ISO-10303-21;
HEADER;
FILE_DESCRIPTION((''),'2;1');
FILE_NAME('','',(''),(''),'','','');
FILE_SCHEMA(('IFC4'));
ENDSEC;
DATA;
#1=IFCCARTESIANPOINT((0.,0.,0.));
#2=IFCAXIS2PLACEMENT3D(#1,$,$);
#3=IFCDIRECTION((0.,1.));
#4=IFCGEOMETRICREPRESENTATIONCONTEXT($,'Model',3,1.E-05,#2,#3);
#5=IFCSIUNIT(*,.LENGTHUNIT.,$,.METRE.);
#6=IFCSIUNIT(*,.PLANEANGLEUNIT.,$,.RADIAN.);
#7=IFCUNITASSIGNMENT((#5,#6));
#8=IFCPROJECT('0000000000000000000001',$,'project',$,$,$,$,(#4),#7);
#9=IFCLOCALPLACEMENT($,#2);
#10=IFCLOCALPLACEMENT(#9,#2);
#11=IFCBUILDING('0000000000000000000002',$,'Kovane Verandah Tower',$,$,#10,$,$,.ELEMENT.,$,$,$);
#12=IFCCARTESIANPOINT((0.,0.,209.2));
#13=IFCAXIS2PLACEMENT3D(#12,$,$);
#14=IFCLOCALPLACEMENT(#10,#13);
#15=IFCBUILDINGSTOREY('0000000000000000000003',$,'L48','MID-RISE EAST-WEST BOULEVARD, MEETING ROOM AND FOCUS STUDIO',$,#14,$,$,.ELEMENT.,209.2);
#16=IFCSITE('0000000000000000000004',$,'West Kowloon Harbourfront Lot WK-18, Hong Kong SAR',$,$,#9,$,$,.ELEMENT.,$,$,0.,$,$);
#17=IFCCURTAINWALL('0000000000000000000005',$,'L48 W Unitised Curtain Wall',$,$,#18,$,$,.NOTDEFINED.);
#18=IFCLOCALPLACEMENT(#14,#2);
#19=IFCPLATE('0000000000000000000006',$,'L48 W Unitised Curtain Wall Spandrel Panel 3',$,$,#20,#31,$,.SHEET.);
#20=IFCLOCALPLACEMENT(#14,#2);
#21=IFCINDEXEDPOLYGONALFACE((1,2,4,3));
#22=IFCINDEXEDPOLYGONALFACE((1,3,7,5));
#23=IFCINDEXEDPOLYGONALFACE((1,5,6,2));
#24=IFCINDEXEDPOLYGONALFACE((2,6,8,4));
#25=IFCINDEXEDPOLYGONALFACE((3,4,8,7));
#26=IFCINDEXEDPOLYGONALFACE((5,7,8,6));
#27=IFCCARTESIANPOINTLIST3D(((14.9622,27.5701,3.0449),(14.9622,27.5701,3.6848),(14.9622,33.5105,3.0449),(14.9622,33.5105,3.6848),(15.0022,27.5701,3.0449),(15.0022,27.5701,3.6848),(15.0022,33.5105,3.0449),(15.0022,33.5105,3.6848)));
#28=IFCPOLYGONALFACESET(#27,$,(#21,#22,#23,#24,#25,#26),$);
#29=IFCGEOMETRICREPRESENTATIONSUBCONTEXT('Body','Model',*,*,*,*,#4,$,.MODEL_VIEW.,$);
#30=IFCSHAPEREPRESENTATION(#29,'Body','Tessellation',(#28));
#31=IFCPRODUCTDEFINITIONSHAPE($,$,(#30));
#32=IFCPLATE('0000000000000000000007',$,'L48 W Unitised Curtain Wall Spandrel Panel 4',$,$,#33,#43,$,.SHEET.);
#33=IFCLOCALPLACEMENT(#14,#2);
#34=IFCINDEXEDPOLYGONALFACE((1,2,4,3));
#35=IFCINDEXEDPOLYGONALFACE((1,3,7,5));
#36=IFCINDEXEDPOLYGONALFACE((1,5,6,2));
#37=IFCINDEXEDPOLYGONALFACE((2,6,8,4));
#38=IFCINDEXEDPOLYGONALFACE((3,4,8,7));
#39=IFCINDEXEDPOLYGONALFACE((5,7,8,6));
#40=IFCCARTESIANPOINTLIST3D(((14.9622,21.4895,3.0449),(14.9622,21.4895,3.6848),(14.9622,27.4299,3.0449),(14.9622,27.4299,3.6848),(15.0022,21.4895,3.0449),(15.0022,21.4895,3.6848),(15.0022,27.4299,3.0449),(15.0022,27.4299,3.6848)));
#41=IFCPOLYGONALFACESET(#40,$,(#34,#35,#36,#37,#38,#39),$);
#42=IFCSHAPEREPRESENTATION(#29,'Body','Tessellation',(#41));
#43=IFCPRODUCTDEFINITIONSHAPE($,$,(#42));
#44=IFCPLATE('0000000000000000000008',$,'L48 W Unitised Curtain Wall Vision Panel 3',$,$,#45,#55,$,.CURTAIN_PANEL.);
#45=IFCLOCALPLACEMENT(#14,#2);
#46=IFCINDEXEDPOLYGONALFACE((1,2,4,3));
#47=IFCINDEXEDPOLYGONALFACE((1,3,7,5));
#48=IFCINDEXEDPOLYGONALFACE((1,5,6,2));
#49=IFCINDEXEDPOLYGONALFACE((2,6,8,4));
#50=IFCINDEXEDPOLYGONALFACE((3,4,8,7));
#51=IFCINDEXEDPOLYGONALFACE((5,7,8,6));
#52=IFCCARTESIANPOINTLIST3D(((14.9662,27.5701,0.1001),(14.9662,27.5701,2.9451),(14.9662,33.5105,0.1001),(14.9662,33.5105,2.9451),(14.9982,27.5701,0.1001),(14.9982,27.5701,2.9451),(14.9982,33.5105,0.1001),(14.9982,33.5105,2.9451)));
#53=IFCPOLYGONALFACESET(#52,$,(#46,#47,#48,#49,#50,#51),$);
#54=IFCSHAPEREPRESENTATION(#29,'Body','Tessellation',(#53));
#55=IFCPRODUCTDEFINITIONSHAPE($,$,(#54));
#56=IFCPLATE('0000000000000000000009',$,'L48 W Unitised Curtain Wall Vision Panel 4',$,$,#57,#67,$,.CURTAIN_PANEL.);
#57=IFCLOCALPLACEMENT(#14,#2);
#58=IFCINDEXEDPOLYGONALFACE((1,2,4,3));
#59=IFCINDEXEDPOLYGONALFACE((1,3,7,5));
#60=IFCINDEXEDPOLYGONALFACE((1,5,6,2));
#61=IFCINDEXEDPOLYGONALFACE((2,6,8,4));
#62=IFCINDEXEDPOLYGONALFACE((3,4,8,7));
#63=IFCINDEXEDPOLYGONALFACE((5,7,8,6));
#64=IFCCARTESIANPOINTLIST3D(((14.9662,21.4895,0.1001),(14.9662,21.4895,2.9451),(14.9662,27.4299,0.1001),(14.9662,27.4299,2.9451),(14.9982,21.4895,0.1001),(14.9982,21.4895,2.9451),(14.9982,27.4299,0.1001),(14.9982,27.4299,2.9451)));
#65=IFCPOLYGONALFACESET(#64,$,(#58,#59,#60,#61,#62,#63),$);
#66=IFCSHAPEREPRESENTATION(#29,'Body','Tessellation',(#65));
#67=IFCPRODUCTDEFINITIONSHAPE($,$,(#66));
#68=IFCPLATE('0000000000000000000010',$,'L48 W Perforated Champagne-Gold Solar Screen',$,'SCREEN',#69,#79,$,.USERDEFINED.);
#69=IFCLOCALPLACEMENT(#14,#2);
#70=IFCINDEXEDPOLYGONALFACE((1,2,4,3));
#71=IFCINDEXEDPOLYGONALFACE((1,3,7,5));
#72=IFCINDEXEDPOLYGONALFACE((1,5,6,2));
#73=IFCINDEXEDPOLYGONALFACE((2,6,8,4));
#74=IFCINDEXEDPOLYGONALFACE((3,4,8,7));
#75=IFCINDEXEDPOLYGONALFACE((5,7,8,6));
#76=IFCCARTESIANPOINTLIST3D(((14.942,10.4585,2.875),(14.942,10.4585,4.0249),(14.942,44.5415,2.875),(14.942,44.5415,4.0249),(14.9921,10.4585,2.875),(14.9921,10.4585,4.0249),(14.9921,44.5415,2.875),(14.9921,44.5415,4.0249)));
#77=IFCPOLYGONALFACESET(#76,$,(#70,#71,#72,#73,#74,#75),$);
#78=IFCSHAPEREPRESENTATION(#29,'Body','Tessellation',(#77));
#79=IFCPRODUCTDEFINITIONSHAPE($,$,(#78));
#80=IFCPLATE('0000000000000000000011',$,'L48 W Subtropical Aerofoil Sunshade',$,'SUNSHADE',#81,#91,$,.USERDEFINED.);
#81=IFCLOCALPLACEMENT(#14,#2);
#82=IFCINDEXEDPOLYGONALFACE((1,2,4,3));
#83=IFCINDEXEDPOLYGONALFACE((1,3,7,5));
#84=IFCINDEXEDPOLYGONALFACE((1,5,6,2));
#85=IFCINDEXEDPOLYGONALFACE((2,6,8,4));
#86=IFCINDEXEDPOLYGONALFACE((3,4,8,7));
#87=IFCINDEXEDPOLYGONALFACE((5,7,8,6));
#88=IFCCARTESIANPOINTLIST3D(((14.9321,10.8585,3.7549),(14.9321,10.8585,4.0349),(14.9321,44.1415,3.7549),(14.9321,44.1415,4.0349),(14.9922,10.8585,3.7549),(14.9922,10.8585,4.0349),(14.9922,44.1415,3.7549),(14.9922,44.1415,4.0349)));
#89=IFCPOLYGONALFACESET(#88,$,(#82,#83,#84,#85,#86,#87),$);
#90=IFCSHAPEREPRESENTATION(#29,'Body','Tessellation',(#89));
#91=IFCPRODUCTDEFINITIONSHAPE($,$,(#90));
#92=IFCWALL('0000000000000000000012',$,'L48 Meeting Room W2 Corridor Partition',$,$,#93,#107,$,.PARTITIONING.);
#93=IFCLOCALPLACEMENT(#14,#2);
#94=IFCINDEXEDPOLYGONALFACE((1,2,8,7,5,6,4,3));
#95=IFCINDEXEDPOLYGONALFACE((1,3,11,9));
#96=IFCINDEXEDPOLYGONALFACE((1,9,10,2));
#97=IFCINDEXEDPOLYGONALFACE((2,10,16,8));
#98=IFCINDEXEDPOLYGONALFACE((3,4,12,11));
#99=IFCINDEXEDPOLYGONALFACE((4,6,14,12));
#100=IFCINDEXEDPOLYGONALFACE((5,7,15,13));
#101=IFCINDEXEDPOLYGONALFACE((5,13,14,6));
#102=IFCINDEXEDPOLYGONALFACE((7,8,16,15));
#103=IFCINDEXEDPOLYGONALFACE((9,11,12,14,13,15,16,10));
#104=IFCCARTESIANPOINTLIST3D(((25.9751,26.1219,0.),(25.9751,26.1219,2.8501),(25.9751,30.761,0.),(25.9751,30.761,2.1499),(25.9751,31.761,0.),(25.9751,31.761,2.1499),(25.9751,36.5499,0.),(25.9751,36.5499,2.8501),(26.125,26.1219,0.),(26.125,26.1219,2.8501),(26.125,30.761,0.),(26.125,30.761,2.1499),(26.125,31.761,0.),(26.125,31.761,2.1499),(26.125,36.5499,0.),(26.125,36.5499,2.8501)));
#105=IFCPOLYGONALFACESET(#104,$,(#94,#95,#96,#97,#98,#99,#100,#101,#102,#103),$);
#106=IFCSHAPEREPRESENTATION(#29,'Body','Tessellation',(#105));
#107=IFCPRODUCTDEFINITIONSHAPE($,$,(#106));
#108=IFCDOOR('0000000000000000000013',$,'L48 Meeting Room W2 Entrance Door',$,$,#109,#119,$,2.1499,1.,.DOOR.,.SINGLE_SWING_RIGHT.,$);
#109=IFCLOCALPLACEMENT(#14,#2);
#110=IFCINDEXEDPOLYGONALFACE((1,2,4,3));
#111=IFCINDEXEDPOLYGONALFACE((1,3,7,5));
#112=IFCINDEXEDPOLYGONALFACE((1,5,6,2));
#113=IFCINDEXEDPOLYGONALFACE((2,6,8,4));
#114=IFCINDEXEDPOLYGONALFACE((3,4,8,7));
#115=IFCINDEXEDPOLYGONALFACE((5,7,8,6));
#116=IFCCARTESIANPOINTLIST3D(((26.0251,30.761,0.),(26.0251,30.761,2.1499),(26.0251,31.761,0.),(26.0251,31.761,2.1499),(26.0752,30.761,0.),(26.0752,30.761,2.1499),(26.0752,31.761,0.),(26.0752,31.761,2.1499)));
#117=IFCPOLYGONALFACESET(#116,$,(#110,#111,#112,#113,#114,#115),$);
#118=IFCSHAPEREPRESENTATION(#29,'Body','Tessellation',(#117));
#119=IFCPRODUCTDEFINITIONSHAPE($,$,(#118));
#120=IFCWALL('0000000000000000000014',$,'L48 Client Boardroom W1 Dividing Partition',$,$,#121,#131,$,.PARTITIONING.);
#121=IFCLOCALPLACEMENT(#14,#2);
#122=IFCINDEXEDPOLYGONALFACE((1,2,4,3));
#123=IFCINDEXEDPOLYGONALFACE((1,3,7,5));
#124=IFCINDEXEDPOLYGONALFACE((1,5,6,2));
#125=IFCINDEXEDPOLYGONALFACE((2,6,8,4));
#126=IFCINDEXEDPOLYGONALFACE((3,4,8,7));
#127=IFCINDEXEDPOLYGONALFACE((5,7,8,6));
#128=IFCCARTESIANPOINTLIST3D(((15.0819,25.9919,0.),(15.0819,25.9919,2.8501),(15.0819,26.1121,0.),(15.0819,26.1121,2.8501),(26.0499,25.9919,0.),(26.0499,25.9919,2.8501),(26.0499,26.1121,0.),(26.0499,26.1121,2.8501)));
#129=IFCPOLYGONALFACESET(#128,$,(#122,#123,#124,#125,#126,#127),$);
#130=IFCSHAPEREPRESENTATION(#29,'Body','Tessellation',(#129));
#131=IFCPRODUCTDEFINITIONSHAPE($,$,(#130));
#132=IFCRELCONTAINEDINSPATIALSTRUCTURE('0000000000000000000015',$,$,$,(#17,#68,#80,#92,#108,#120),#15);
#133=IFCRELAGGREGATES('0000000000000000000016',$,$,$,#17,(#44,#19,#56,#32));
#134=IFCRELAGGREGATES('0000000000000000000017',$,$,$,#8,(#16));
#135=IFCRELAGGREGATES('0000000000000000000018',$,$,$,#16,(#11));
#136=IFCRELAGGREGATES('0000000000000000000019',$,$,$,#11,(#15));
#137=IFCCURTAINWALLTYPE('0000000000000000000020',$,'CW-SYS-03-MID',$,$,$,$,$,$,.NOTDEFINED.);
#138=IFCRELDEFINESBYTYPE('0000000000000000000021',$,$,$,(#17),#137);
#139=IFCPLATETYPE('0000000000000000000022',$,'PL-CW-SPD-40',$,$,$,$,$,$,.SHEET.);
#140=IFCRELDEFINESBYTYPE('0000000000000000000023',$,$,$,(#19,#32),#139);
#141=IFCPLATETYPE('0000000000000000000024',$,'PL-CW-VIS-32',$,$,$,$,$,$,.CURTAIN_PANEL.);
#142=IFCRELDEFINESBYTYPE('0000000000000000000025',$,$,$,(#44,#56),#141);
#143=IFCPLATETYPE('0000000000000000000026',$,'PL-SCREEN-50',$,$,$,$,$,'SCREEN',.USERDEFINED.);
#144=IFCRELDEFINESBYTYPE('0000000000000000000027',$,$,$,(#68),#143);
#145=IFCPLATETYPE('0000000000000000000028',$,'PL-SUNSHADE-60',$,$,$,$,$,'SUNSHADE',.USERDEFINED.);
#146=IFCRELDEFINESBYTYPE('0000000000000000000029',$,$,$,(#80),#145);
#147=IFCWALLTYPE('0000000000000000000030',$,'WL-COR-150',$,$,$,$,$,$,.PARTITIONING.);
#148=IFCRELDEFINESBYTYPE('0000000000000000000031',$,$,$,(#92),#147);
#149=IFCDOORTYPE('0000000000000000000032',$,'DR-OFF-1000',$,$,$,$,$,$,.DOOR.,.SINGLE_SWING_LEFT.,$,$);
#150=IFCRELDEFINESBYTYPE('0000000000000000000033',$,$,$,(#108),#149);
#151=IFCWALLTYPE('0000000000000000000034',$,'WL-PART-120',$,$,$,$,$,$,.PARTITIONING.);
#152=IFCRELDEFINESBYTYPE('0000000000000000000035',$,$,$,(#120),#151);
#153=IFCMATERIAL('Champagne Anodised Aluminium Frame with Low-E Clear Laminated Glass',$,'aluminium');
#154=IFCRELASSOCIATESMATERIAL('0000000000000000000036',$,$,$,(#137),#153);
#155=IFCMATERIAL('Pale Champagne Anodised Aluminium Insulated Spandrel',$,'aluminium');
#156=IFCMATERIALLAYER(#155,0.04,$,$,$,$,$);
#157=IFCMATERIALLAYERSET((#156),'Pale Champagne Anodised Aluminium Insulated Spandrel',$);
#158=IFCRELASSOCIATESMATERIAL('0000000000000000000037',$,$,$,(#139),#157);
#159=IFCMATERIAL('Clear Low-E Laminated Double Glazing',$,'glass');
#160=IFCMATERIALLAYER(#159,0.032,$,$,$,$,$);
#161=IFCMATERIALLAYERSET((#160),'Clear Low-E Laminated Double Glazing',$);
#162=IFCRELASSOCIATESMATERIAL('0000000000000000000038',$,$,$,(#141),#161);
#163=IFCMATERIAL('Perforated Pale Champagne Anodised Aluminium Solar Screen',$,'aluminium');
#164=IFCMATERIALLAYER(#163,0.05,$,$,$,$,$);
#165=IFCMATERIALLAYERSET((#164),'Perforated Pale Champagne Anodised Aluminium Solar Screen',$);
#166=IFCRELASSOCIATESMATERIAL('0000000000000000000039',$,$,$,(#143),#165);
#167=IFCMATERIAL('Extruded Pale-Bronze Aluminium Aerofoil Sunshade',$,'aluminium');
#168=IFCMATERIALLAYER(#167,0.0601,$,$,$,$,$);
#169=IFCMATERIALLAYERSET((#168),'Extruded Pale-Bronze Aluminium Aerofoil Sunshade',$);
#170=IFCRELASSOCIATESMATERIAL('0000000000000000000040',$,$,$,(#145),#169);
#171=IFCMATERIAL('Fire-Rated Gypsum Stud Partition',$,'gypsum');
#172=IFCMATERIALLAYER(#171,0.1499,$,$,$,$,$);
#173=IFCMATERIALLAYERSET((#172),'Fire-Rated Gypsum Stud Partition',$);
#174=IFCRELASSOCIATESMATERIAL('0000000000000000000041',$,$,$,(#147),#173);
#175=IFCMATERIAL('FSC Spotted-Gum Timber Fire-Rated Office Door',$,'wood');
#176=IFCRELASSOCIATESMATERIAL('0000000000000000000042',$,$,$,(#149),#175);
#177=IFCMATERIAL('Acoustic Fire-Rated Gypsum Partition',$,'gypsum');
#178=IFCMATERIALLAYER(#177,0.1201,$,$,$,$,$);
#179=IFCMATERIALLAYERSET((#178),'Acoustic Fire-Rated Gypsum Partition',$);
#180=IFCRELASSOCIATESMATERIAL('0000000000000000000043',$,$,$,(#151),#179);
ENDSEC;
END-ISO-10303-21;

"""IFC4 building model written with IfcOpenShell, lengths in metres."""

from ifc_helpers import new_model, si_unit, direction, frame, frame_2d, origin, origin_2d, place, context, subcontext, project, spatial, rectangle, extrude, material, layer, layer_set, type_object, element, fill, aggregate, save


model = new_model("IFC4")

# Units and contexts
model_context = context("Model", 3, precision=1e-05, world=origin(), true_north=direction((0.0, 1.0)))
body_context = subcontext(model_context, "Body", "Model", "MODEL_VIEW")
ifc_project = project(units=[si_unit("LENGTHUNIT", "METRE"), si_unit("PLANEANGLEUNIT", "RADIAN")], contexts=[model_context])

# Site, building, storey
site_placement = place(None, origin())
site = spatial("IfcSite", under=ifc_project, at=site_placement, Name="West Kowloon Harbourfront Lot WK-18, Hong Kong SAR", CompositionType="ELEMENT", RefElevation=0.0)
building_placement = place(site_placement, origin())
building = spatial("IfcBuilding", under=site, at=building_placement, Name="Kovane Verandah Tower", CompositionType="ELEMENT")
storey_placement = place(building_placement, frame((0.0, 0.0, 209.2)))
storey = spatial("IfcBuildingStorey", under=building, at=storey_placement, Name="L48", Description="MID-RISE EAST-WEST BOULEVARD, MEETING ROOM AND FOCUS STUDIO", CompositionType="ELEMENT", Elevation=209.2)

# Curtain wall
ifc_material_1 = material(Name="Champagne Anodised Aluminium Frame with Low-E Clear Laminated Glass", Category="aluminium")
curtain_wall_type = type_object("IfcCurtainWallType", Name="CW-SYS-03-MID", PredefinedType="NOTDEFINED", material=ifc_material_1)
curtain_wall_placement = place(storey_placement, origin())
curtain_wall = element("IfcCurtainWall", 1, at=curtain_wall_placement, inside=storey, type_object=curtain_wall_type, Name="L48 W Unitised Curtain Wall", PredefinedType="NOTDEFINED")

# Plates
ifc_material_2 = material(Name="Pale Champagne Anodised Aluminium Insulated Spandrel", Category="aluminium")
ifc_layer_1 = layer(ifc_material_2, 0.04)
ifc_layer_set_1 = layer_set([ifc_layer_1], Name="Pale Champagne Anodised Aluminium Insulated Spandrel")
plate_type_1 = type_object("IfcPlateType", Name="PL-CW-SPD-40", PredefinedType="SHEET", material=ifc_layer_set_1)
plate_1_placement = place(storey_placement, frame((14.9822, 30.5403, 3.0449), z_axis=(0.0, 0.0, 1.0), x_axis=(0.0, -1.0, 0.0)))
plate_1 = element("IfcPlate", 2, at=plate_1_placement, type_object=plate_type_1, Name="L48 W Unitised Curtain Wall Spandrel Panel 3", PredefinedType="SHEET", context=body_context, shape_type="SweptSolid", body=[
    extrude(rectangle(XDim=5.9404, YDim=0.04, at=origin_2d()), origin(), (0.0, 0.0, 1.0), 0.6399),
])
plate_2_placement = place(storey_placement, frame((14.9822, 24.4597, 3.0449), z_axis=(0.0, 0.0, 1.0), x_axis=(0.0, -1.0, 0.0)))
plate_2 = element("IfcPlate", 3, at=plate_2_placement, type_object=plate_type_1, Name="L48 W Unitised Curtain Wall Spandrel Panel 4", PredefinedType="SHEET", context=body_context, shape_type="SweptSolid", body=[
    extrude(rectangle(XDim=5.9404, YDim=0.04, at=origin_2d()), origin(), (0.0, 0.0, 1.0), 0.6399),
])
ifc_material_3 = material(Name="Clear Low-E Laminated Double Glazing", Category="glass")
ifc_layer_2 = layer(ifc_material_3, 0.032)
ifc_layer_set_2 = layer_set([ifc_layer_2], Name="Clear Low-E Laminated Double Glazing")
plate_type_2 = type_object("IfcPlateType", Name="PL-CW-VIS-32", PredefinedType="CURTAIN_PANEL", material=ifc_layer_set_2)
plate_3_placement = place(storey_placement, frame((14.9822, 30.5403, 0.1001), z_axis=(0.0, 0.0, 1.0), x_axis=(0.0, -1.0, 0.0)))
plate_3 = element("IfcPlate", 4, at=plate_3_placement, type_object=plate_type_2, Name="L48 W Unitised Curtain Wall Vision Panel 3", PredefinedType="CURTAIN_PANEL", context=body_context, shape_type="SweptSolid", body=[
    extrude(rectangle(XDim=5.9404, YDim=0.032, at=origin_2d()), origin(), (0.0, 0.0, 1.0), 2.845),
])
plate_4_placement = place(storey_placement, frame((14.9822, 24.4597, 0.1001), z_axis=(0.0, 0.0, 1.0), x_axis=(0.0, -1.0, 0.0)))
plate_4 = element("IfcPlate", 5, at=plate_4_placement, type_object=plate_type_2, Name="L48 W Unitised Curtain Wall Vision Panel 4", PredefinedType="CURTAIN_PANEL", context=body_context, shape_type="SweptSolid", body=[
    extrude(rectangle(XDim=5.9404, YDim=0.032, at=origin_2d()), origin(), (0.0, 0.0, 1.0), 2.845),
])
aggregate(curtain_wall, [plate_3, plate_1, plate_4, plate_2])

# Plates
ifc_material_4 = material(Name="Perforated Pale Champagne Anodised Aluminium Solar Screen", Category="aluminium")
ifc_layer_3 = layer(ifc_material_4, 0.05)
ifc_layer_set_3 = layer_set([ifc_layer_3], Name="Perforated Pale Champagne Anodised Aluminium Solar Screen")
plate_type_3 = type_object("IfcPlateType", Name="PL-SCREEN-50", ElementType="SCREEN", PredefinedType="USERDEFINED", material=ifc_layer_set_3)
plate_5_placement = place(storey_placement, frame((14.967, 27.5, 2.875), z_axis=(0.0, 0.0, 1.0), x_axis=(0.0, -1.0, 0.0)))
element("IfcPlate", 6, at=plate_5_placement, inside=storey, type_object=plate_type_3, Name="L48 W Perforated Champagne-Gold Solar Screen", ObjectType="SCREEN", PredefinedType="USERDEFINED", context=body_context, shape_type="SweptSolid", body=[
    extrude(rectangle(XDim=34.083, YDim=0.05, at=origin_2d()), origin(), (0.0, 0.0, 1.0), 1.1499),
])
ifc_material_5 = material(Name="Extruded Pale-Bronze Aluminium Aerofoil Sunshade", Category="aluminium")
ifc_layer_4 = layer(ifc_material_5, 0.0601)
ifc_layer_set_4 = layer_set([ifc_layer_4], Name="Extruded Pale-Bronze Aluminium Aerofoil Sunshade")
plate_type_4 = type_object("IfcPlateType", Name="PL-SUNSHADE-60", ElementType="SUNSHADE", PredefinedType="USERDEFINED", material=ifc_layer_set_4)
plate_6_placement = place(storey_placement, frame((14.9622, 27.5, 3.7549), z_axis=(0.0, 0.0, 1.0), x_axis=(0.0, -1.0, 0.0)))
element("IfcPlate", 7, at=plate_6_placement, inside=storey, type_object=plate_type_4, Name="L48 W Subtropical Aerofoil Sunshade", ObjectType="SUNSHADE", PredefinedType="USERDEFINED", context=body_context, shape_type="SweptSolid", body=[
    extrude(rectangle(XDim=33.283, YDim=0.0601, at=origin_2d()), origin(), (0.0, 0.0, 1.0), 0.28),
])

# Wall, opening, door
ifc_material_6 = material(Name="Fire-Rated Gypsum Stud Partition", Category="gypsum")
ifc_layer_5 = layer(ifc_material_6, 0.1499)
ifc_layer_set_5 = layer_set([ifc_layer_5], Name="Fire-Rated Gypsum Stud Partition")
wall_type_1 = type_object("IfcWallType", Name="WL-COR-150", PredefinedType="PARTITIONING", material=ifc_layer_set_5)
wall_1_placement = place(storey_placement, frame((26.05, 26.1221, 0.0), z_axis=(0.0, 0.0, 1.0), x_axis=(0.0, 1.0, 0.0)))
wall_1 = element("IfcWall", 8, at=wall_1_placement, inside=storey, type_object=wall_type_1, Name="L48 Meeting Room W2 Corridor Partition", PredefinedType="PARTITIONING", context=body_context, shape_type="SweptSolid", body=[
    extrude(rectangle(XDim=10.428, YDim=0.1499, at=frame_2d((5.2139, 0.0))), origin(), (0.0, 0.0, 1.0), 2.8501),
])
opening_placement = place(wall_1_placement, frame((4.6389, 0.0, 0.0)))
opening = element("IfcOpeningElement", 9, at=opening_placement, cuts=wall_1, PredefinedType="OPENING", context=body_context, shape_type="SweptSolid", body=[
    extrude(rectangle(XDim=1.0, YDim=2.1499, at=frame_2d((0.5, 1.075))), frame((0.0, 0.075, 0.0), z_axis=(0.0, -1.0, 0.0), x_axis=(1.0, 0.0, 0.0)), (0.0, 0.0, 1.0), 0.1499),
])
ifc_material_7 = material(Name="FSC Spotted-Gum Timber Fire-Rated Office Door", Category="wood")
door_type = type_object("IfcDoorType", Name="DR-OFF-1000", OperationType="SINGLE_SWING_LEFT", PredefinedType="DOOR", material=ifc_material_7)
door_placement = place(opening_placement, origin())
door = element("IfcDoor", 10, at=door_placement, inside=storey, type_object=door_type, Name="L48 Meeting Room W2 Entrance Door", OperationType="SINGLE_SWING_RIGHT", OverallHeight=2.1499, OverallWidth=1.0, PredefinedType="DOOR", context=body_context, shape_type="SweptSolid", body=[
    extrude(rectangle(XDim=1.0, YDim=2.1499, at=frame_2d((0.5, 1.075))), frame((0.0, 0.0249, 0.0), z_axis=(0.0, -1.0, 0.0), x_axis=(1.0, 0.0, 0.0)), (0.0, 0.0, 1.0), 0.05),
])
fill(opening, door)

# Wall
ifc_material_8 = material(Name="Acoustic Fire-Rated Gypsum Partition", Category="gypsum")
ifc_layer_6 = layer(ifc_material_8, 0.1201)
ifc_layer_set_6 = layer_set([ifc_layer_6], Name="Acoustic Fire-Rated Gypsum Partition")
wall_type_2 = type_object("IfcWallType", Name="WL-PART-120", PredefinedType="PARTITIONING", material=ifc_layer_set_6)
wall_2_placement = place(storey_placement, frame((15.082, 26.052, 0.0), z_axis=(0.0, 0.0, 1.0), x_axis=(1.0, 0.0, 0.0)))
element("IfcWall", 11, at=wall_2_placement, inside=storey, type_object=wall_type_2, Name="L48 Client Boardroom W1 Dividing Partition", PredefinedType="PARTITIONING", context=body_context, shape_type="SweptSolid", body=[
    extrude(rectangle(XDim=10.968, YDim=0.1201, at=frame_2d((5.4839, 0.0))), origin(), (0.0, 0.0, 1.0), 2.8501),
])

save(model, "model.ifc")
